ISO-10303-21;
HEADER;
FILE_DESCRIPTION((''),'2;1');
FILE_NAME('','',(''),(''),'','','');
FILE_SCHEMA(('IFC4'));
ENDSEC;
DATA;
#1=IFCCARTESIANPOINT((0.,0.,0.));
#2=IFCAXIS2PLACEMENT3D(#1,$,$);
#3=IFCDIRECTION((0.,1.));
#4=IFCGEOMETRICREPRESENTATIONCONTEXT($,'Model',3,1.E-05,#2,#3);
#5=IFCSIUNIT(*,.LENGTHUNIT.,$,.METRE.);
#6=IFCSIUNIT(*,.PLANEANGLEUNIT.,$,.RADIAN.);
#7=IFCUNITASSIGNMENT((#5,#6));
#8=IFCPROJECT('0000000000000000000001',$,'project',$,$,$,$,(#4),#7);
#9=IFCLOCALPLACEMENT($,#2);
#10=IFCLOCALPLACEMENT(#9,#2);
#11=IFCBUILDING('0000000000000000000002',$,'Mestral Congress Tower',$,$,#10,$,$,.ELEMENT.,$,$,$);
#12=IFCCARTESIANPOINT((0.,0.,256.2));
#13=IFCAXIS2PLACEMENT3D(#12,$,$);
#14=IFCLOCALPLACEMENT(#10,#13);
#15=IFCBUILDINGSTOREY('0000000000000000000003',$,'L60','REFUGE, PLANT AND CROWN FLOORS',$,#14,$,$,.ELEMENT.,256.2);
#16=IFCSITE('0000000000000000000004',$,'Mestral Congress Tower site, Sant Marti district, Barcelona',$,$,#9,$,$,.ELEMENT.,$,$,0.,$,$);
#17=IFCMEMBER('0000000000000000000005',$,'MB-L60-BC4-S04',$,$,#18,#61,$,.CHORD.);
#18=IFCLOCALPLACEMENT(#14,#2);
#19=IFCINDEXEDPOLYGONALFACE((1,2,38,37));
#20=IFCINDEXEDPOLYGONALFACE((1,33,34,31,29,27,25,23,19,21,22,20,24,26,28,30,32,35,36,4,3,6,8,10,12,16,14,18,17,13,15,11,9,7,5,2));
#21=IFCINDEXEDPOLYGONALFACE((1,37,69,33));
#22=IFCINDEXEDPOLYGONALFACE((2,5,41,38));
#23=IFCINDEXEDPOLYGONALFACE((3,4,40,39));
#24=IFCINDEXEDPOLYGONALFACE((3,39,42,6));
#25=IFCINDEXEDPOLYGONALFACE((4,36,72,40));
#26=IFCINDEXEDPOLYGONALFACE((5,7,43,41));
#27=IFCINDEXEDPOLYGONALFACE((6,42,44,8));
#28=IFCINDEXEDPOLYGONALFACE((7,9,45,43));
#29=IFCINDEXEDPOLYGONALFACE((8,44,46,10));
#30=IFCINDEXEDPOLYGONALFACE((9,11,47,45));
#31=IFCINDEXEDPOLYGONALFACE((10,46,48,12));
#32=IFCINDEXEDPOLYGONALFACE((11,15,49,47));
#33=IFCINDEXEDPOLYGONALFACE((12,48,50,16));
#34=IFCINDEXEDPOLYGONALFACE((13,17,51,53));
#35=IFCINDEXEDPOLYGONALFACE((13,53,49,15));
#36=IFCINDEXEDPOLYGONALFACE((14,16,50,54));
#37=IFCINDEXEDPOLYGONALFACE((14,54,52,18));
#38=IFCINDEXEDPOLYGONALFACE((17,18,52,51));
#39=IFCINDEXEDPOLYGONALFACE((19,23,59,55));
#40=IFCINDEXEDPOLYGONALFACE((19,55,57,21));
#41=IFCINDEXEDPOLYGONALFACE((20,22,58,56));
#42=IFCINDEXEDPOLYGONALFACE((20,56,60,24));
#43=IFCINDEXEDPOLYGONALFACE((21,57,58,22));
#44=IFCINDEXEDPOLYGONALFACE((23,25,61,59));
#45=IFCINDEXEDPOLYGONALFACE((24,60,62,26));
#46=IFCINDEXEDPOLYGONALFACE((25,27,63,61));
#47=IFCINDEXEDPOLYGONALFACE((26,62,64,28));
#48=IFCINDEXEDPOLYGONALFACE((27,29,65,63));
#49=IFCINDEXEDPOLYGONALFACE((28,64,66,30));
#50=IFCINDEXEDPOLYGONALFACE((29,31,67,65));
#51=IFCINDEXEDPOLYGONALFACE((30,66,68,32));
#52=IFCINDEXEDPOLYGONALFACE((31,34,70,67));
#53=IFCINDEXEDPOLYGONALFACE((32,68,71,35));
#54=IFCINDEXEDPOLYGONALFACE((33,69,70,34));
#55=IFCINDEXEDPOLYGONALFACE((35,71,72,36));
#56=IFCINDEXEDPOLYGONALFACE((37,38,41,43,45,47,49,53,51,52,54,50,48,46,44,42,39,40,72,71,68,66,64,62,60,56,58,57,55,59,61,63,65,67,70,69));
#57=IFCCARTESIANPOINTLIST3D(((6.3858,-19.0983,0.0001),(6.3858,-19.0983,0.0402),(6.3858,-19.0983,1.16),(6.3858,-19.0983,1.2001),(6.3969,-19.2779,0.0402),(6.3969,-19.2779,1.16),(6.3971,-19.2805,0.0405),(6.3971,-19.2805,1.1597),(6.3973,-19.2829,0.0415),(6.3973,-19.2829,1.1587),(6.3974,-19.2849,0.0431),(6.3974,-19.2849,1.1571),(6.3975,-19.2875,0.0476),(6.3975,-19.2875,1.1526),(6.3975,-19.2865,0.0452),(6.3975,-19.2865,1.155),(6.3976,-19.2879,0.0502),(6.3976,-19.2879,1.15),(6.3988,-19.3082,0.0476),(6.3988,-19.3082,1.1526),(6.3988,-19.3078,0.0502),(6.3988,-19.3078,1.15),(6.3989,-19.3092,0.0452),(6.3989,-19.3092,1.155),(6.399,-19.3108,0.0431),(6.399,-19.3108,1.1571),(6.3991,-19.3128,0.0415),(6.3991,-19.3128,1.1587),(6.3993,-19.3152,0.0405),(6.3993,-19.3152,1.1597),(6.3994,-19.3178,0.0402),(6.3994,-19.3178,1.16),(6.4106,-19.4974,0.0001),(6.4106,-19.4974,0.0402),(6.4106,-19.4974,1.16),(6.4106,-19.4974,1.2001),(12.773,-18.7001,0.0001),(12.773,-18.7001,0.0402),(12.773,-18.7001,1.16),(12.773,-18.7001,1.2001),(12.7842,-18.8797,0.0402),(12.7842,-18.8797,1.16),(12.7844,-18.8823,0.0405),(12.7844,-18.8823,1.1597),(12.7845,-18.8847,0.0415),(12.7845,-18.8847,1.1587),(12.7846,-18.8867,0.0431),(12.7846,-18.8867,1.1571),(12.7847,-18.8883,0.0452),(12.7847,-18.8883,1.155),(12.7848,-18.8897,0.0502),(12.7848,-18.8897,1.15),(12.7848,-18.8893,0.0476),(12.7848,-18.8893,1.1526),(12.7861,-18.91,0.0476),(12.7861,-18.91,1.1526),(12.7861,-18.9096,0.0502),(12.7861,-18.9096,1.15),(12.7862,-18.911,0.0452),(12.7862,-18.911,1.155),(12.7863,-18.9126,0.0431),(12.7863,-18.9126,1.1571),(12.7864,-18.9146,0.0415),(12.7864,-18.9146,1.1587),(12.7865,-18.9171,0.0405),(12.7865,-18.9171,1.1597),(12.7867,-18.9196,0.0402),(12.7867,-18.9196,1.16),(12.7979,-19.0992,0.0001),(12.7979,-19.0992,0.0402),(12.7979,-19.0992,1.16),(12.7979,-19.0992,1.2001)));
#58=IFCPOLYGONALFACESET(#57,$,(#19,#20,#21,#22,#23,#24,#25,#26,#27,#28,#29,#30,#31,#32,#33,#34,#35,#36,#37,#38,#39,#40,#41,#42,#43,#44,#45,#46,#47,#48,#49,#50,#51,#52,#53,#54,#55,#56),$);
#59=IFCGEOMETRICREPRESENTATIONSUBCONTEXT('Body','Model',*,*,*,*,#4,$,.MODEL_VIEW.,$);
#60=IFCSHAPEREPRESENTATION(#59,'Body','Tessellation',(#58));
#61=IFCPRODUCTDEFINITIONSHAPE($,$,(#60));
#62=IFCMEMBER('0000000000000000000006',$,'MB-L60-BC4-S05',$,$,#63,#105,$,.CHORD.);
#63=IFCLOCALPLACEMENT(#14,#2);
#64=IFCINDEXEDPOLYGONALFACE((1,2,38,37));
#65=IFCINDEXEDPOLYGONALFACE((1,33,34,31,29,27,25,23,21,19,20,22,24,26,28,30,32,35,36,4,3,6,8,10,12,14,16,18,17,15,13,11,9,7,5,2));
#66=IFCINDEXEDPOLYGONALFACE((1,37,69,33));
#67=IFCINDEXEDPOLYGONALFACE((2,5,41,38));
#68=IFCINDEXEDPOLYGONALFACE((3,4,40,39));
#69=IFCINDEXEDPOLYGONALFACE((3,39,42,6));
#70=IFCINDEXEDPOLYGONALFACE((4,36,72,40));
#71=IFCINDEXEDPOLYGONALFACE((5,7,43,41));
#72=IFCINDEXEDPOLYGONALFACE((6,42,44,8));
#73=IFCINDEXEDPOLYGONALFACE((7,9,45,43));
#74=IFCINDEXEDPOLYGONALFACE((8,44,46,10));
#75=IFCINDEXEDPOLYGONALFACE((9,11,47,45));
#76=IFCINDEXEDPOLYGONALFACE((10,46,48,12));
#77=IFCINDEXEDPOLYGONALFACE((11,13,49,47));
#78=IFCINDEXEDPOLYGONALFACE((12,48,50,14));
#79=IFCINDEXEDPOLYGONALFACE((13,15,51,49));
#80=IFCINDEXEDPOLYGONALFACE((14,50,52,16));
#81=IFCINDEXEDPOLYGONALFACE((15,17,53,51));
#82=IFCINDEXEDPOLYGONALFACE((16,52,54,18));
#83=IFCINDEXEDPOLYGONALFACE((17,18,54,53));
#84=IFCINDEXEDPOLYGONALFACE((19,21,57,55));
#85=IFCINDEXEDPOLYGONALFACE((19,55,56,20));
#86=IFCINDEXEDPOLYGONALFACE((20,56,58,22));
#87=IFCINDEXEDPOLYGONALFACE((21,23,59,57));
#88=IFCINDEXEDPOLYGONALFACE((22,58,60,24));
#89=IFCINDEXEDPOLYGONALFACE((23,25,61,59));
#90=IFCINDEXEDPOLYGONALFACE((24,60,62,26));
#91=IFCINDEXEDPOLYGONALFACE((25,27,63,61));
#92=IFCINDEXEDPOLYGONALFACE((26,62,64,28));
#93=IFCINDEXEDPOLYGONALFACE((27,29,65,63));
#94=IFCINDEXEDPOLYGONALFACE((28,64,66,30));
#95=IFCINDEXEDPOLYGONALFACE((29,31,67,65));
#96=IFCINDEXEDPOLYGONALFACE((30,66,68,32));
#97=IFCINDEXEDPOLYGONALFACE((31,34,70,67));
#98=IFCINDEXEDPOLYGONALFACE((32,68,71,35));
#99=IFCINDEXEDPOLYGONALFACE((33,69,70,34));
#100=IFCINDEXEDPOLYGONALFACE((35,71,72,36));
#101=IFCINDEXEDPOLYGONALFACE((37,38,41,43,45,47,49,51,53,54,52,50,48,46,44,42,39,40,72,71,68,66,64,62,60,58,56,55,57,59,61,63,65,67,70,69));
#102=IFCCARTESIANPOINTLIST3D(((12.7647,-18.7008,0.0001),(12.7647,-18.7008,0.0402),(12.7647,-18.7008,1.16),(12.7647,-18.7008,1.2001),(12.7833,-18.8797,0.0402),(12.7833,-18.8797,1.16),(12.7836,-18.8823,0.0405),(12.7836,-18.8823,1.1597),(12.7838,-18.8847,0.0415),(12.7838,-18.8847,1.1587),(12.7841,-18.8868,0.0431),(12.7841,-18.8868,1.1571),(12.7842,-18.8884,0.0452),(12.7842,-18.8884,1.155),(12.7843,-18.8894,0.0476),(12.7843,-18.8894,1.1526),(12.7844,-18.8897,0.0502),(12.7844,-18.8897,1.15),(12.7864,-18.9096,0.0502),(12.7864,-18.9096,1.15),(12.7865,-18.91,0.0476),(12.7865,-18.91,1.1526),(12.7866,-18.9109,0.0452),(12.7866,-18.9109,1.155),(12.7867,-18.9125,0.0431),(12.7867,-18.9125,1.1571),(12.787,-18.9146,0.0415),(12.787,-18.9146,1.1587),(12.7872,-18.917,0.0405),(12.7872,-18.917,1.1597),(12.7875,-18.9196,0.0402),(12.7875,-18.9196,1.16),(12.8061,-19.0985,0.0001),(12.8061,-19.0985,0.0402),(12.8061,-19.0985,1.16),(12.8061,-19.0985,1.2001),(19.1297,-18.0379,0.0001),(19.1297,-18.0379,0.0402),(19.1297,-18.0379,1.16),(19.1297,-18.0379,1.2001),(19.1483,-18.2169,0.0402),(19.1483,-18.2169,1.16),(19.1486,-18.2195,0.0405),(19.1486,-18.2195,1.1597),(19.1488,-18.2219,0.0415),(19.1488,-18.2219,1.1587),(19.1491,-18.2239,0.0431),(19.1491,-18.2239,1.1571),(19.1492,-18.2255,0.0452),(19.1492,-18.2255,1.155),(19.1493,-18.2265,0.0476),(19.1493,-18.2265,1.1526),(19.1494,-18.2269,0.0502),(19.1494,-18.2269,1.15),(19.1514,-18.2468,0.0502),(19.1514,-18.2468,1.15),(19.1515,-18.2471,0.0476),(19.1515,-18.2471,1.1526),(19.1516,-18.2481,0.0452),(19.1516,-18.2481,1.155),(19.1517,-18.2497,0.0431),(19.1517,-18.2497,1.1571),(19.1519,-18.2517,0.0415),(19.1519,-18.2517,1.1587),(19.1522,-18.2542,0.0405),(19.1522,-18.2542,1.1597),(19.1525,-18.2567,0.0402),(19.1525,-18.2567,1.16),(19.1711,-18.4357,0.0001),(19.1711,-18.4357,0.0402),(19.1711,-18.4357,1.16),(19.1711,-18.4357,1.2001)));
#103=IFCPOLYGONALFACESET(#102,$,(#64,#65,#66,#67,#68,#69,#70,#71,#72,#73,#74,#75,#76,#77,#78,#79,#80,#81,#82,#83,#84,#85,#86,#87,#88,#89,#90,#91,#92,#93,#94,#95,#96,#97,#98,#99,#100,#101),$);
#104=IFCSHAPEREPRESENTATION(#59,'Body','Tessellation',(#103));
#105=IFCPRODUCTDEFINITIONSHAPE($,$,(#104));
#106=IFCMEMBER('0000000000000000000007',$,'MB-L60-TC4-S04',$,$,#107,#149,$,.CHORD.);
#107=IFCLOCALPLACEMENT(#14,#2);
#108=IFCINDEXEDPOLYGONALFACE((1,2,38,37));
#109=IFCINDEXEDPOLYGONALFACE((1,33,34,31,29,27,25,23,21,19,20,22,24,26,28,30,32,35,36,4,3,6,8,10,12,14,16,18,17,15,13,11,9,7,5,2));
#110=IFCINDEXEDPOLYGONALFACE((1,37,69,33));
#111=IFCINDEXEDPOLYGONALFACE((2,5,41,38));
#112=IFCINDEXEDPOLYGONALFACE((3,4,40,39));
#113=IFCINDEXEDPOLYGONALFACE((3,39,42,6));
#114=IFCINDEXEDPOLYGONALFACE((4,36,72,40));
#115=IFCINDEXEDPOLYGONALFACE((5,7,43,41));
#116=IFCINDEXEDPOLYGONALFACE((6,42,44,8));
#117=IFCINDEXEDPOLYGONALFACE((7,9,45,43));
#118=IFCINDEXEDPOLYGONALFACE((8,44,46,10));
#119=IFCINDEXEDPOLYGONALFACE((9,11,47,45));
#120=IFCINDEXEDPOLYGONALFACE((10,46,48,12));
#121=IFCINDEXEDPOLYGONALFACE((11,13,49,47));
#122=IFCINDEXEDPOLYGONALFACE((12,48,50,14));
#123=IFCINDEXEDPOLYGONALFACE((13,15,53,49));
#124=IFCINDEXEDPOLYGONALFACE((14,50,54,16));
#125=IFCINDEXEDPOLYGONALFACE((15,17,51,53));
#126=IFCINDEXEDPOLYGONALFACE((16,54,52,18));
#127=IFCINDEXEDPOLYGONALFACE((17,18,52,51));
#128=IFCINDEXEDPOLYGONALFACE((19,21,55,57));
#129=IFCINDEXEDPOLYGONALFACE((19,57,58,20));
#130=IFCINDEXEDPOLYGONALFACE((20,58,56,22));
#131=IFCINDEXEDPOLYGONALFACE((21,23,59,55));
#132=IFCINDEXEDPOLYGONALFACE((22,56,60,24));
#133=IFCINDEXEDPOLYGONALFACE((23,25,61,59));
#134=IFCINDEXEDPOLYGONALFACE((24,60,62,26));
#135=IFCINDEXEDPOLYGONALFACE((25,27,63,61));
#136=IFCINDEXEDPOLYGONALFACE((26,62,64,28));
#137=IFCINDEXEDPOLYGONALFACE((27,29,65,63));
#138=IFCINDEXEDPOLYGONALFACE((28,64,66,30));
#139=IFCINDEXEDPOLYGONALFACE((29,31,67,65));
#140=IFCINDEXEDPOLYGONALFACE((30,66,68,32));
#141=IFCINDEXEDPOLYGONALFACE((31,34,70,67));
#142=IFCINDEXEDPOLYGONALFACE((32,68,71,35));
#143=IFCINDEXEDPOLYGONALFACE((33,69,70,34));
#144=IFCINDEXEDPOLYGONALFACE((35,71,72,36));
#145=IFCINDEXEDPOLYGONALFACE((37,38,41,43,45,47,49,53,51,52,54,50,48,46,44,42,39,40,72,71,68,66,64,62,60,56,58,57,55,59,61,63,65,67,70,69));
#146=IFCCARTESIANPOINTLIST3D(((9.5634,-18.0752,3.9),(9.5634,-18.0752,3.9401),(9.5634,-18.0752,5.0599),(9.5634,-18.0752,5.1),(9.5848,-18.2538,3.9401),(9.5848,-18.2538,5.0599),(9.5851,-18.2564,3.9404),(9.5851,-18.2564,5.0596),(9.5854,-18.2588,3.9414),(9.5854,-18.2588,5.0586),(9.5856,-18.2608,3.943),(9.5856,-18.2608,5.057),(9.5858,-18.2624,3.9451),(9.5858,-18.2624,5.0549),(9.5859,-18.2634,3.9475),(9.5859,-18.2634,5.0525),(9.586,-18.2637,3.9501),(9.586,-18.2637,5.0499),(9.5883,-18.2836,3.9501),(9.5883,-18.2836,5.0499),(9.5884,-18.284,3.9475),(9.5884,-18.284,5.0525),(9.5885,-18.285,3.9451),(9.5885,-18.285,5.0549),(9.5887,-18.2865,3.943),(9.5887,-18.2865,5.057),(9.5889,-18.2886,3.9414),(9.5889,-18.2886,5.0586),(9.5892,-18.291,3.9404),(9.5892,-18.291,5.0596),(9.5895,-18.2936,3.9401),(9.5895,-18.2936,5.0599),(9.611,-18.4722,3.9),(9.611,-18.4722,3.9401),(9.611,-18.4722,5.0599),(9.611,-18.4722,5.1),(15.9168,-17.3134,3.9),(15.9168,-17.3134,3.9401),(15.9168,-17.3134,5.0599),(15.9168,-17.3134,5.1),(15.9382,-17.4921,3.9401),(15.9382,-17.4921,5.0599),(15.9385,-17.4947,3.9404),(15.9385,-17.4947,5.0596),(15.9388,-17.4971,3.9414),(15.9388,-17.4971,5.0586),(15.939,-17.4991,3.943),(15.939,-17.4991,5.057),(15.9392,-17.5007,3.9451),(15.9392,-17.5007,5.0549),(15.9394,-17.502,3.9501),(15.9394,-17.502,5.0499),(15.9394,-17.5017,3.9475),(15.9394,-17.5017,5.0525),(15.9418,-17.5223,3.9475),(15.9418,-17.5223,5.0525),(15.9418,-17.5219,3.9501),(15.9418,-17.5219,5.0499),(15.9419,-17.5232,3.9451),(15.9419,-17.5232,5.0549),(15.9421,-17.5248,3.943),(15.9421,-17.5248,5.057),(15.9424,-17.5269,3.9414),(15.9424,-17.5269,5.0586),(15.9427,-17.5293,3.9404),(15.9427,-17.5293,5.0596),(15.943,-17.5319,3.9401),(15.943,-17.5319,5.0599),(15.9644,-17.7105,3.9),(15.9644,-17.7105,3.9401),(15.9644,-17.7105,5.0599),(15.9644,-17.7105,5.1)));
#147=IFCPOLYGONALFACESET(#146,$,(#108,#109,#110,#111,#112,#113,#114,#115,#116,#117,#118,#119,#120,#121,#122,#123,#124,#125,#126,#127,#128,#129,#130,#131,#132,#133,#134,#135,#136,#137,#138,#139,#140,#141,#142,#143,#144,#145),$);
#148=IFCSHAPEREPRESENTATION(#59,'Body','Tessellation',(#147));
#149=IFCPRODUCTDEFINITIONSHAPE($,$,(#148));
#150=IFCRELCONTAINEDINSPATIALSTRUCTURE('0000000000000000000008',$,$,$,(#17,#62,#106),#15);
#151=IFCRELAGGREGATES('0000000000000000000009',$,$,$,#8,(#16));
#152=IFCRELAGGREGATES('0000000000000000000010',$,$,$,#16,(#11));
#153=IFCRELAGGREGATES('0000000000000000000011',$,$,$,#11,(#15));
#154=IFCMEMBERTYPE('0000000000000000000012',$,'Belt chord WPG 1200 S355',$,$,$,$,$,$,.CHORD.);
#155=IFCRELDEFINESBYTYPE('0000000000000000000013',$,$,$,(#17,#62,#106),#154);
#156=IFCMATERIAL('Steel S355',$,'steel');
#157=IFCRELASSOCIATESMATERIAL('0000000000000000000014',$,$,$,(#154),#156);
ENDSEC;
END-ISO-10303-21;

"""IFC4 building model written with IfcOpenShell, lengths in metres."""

from ifc_helpers import new_model, si_unit, direction, frame, origin, origin_2d, place, context, subcontext, project, spatial, i_section, extrude, material, material_profile, profile_set, type_object, element, save


model = new_model("IFC4")

# Units and contexts
model_context = context("Model", 3, precision=1e-05, world=origin(), true_north=direction((0.0, 1.0)))
body_context = subcontext(model_context, "Body", "Model", "MODEL_VIEW")
ifc_project = project(units=[si_unit("LENGTHUNIT", "METRE"), si_unit("PLANEANGLEUNIT", "RADIAN")], contexts=[model_context])

# Site, building, storey
site_placement = place(None, origin())
site = spatial("IfcSite", under=ifc_project, at=site_placement, Name="Mestral Congress Tower site, Sant Marti district, Barcelona", CompositionType="ELEMENT", RefElevation=0.0)
building_placement = place(site_placement, origin())
building = spatial("IfcBuilding", under=site, at=building_placement, Name="Mestral Congress Tower", CompositionType="ELEMENT")
storey_placement = place(building_placement, frame((0.0, 0.0, 256.2)))
storey = spatial("IfcBuildingStorey", under=building, at=storey_placement, Name="L60", Description="REFUGE, PLANT AND CROWN FLOORS", CompositionType="ELEMENT", Elevation=256.2)

# Members
ifc_material_1 = material(Name="Steel S355", Category="steel")
ifc_material_profile_1 = material_profile(ifc_material_1, i_section(OverallWidth=0.3999, OverallDepth=1.2, WebThickness=0.02, FlangeThickness=0.04, FilletRadius=0.01, at=origin_2d()), Name="WPG 1200")
ifc_profile_set_1 = profile_set([ifc_material_profile_1], Name="Steel S355")
member_type_1 = type_object("IfcMemberType", Name="Belt chord WPG 1200 S355", PredefinedType="CHORD", material=ifc_profile_set_1)
member_1_placement = place(storey_placement, frame((6.3982, -19.2979, 0.6001), z_axis=(0.998062, 0.062222, 0.0), x_axis=(-0.062222, 0.998062, 0.0)))
element("IfcMember", 1, at=member_1_placement, inside=storey, type_object=member_type_1, Name="MB-L60-BC4-S04", PredefinedType="CHORD", context=body_context, shape_type="SweptSolid", body=[
    extrude(i_section(OverallWidth=0.3999, OverallDepth=1.2, WebThickness=0.02, FlangeThickness=0.04, FilletRadius=0.01, at=origin_2d()), origin(), (0.0, 0.0, 1.0), 6.3997),
])
member_2_placement = place(storey_placement, frame((12.7854, -18.8997, 0.6001), z_axis=(0.994621, 0.103579, 0.0), x_axis=(-0.103579, 0.994621, 0.0)))
element("IfcMember", 2, at=member_2_placement, inside=storey, type_object=member_type_1, Name="MB-L60-BC4-S05", PredefinedType="CHORD", context=body_context, shape_type="SweptSolid", body=[
    extrude(i_section(OverallWidth=0.3999, OverallDepth=1.2, WebThickness=0.02, FlangeThickness=0.04, FilletRadius=0.01, at=origin_2d()), origin(), (0.0, 0.0, 1.0), 6.3994),
])
member_3_placement = place(storey_placement, frame((9.5872, -18.2737, 4.5), z_axis=(0.99289, 0.119037, 0.0), x_axis=(-0.119037, 0.99289, 0.0)))
element("IfcMember", 3, at=member_3_placement, inside=storey, type_object=member_type_1, Name="MB-L60-TC4-S04", PredefinedType="CHORD", context=body_context, shape_type="SweptSolid", body=[
    extrude(i_section(OverallWidth=0.3999, OverallDepth=1.2, WebThickness=0.02, FlangeThickness=0.04, FilletRadius=0.01, at=origin_2d()), origin(), (0.0, 0.0, 1.0), 6.3989),
])

save(model, "model.ifc")
